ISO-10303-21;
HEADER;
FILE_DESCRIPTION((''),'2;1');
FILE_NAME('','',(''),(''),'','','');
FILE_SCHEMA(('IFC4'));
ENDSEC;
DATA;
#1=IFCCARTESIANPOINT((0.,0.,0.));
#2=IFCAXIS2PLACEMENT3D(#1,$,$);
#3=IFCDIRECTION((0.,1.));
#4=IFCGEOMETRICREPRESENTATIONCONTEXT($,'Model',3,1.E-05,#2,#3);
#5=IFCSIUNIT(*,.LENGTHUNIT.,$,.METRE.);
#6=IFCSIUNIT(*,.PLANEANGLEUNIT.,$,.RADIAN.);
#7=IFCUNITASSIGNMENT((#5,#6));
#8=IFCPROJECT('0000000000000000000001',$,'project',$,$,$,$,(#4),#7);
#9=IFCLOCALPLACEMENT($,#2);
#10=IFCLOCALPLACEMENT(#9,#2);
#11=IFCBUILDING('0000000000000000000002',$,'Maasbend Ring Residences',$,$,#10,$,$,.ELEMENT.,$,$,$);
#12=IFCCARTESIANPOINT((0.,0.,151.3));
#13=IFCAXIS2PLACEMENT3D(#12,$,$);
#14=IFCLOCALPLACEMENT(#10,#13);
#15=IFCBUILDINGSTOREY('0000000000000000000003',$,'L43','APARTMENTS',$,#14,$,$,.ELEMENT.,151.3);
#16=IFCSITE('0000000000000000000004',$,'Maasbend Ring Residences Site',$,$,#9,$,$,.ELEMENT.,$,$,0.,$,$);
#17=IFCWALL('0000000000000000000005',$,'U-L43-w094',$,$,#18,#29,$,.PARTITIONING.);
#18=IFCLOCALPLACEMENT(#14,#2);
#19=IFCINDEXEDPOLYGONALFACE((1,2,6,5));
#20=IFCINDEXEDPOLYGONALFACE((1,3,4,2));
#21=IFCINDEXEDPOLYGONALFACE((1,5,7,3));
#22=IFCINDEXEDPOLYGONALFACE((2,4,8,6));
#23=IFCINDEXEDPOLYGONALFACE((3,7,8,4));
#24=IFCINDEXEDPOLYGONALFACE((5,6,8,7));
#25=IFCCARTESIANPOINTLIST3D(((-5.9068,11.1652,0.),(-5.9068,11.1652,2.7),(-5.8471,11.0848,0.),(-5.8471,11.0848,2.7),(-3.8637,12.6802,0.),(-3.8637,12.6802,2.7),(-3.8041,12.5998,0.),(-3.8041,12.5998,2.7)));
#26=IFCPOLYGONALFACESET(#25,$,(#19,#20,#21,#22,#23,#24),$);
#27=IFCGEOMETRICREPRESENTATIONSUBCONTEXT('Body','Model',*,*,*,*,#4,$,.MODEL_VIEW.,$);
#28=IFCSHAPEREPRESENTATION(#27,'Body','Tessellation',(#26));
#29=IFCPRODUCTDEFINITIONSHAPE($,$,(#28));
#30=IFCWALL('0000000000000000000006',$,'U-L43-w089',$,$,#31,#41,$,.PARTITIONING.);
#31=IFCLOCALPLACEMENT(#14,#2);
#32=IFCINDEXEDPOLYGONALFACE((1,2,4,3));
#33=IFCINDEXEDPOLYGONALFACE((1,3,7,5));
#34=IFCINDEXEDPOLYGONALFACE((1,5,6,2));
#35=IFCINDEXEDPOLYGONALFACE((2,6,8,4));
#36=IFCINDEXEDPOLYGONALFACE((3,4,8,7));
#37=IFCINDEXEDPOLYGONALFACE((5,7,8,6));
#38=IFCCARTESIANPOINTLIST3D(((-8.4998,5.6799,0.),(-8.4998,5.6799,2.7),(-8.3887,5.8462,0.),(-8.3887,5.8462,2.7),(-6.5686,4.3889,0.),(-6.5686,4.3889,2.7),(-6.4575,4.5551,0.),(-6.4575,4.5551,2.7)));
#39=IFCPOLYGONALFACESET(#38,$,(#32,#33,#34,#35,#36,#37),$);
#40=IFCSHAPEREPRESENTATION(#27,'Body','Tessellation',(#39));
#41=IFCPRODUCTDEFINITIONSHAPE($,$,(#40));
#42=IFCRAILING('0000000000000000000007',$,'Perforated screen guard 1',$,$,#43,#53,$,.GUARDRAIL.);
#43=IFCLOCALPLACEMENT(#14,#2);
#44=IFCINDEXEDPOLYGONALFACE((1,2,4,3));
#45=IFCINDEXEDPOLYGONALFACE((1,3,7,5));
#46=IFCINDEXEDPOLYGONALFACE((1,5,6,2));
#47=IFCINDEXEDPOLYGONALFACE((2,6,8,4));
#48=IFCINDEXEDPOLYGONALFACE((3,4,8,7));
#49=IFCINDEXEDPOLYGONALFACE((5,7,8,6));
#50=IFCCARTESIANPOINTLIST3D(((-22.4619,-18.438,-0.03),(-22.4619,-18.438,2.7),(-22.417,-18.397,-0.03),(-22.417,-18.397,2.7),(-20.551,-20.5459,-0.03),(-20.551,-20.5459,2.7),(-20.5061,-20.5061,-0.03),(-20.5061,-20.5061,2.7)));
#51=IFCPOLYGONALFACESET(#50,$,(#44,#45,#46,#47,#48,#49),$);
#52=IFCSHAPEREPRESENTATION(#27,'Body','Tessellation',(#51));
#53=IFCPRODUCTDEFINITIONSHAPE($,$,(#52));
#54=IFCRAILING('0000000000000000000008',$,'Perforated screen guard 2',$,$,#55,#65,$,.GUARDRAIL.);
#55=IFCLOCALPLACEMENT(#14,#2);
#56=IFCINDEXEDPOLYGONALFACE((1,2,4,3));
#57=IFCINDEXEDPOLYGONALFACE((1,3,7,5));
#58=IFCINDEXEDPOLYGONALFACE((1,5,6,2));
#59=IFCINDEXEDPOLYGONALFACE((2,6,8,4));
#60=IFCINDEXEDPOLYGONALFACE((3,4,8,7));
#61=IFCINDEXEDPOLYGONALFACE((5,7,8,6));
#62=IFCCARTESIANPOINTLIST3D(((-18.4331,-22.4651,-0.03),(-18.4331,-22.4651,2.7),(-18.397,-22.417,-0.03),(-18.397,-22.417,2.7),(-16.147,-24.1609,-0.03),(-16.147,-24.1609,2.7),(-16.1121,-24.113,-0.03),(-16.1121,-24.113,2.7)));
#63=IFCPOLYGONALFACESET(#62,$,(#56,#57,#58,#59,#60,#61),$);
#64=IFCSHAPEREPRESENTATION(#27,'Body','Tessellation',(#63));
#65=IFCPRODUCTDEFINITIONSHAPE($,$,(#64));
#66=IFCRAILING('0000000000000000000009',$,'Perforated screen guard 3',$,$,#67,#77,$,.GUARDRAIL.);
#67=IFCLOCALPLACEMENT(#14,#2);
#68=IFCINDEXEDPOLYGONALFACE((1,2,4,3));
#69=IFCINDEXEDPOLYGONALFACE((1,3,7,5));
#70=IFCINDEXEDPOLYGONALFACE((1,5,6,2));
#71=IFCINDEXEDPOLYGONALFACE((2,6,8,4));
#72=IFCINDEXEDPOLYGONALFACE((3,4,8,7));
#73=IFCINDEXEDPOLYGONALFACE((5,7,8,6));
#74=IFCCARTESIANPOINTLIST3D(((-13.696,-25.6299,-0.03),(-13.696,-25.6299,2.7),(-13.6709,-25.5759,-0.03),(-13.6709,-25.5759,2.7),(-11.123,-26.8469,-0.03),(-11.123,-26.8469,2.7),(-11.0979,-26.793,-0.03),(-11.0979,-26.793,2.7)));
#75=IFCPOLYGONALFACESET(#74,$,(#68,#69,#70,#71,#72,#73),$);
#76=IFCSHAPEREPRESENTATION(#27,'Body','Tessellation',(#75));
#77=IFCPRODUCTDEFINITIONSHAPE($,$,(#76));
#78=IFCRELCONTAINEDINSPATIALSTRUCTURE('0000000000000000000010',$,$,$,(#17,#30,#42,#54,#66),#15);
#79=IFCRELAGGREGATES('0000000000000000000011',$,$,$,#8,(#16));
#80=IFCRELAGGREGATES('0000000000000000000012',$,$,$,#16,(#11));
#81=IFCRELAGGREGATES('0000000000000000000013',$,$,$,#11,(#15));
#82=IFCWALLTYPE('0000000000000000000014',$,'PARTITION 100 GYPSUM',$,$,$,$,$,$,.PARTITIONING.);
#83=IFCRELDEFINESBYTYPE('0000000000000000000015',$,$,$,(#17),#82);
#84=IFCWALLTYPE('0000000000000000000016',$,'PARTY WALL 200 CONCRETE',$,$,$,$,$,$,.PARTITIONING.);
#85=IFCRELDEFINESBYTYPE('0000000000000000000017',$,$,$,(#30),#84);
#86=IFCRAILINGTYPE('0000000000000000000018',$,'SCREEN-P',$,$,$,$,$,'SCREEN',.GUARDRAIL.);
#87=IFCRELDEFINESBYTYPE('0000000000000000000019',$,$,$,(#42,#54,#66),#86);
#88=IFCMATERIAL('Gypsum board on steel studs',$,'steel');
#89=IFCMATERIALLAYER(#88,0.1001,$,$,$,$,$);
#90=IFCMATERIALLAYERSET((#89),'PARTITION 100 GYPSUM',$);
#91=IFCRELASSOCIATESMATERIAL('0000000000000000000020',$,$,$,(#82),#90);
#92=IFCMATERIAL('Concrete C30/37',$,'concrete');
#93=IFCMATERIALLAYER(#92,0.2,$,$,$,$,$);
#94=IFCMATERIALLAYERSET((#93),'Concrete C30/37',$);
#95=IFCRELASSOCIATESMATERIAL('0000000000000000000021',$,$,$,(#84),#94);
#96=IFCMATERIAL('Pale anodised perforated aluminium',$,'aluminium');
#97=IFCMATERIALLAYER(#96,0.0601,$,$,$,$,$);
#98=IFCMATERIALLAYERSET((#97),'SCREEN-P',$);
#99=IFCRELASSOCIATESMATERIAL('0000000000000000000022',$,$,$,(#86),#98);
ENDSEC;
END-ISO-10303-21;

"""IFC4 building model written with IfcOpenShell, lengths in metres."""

from ifc_helpers import new_model, si_unit, direction, frame, frame_2d, origin, place, context, subcontext, project, spatial, polyline, rectangle, outline, extrude, material, layer, layer_set, type_object, element, save


model = new_model("IFC4")

# Units and contexts
model_context = context("Model", 3, precision=1e-05, world=origin(), true_north=direction((0.0, 1.0)))
body_context = subcontext(model_context, "Body", "Model", "MODEL_VIEW")
ifc_project = project(units=[si_unit("LENGTHUNIT", "METRE"), si_unit("PLANEANGLEUNIT", "RADIAN")], contexts=[model_context])

# Site, building, storey
site_placement = place(None, origin())
site = spatial("IfcSite", under=ifc_project, at=site_placement, Name="Maasbend Ring Residences Site", CompositionType="ELEMENT", RefElevation=0.0)
building_placement = place(site_placement, origin())
building = spatial("IfcBuilding", under=site, at=building_placement, Name="Maasbend Ring Residences", CompositionType="ELEMENT")
storey_placement = place(building_placement, frame((0.0, 0.0, 151.3)))
storey = spatial("IfcBuildingStorey", under=building, at=storey_placement, Name="L43", Description="APARTMENTS", CompositionType="ELEMENT", Elevation=151.3)

# Walls
ifc_material_1 = material(Name="Gypsum board on steel studs", Category="steel")
ifc_layer_1 = layer(ifc_material_1, 0.1001)
ifc_layer_set_1 = layer_set([ifc_layer_1], Name="PARTITION 100 GYPSUM")
wall_type_1 = type_object("IfcWallType", Name="PARTITION 100 GYPSUM", PredefinedType="PARTITIONING", material=ifc_layer_set_1)
wall_1_placement = place(storey_placement, frame((-5.877, 11.125, 0.0), z_axis=(0.0, 0.0, 1.0), x_axis=(0.80326, 0.595629, 0.0)))
element("IfcWall", 1, at=wall_1_placement, inside=storey, type_object=wall_type_1, Name="U-L43-w094", PredefinedType="PARTITIONING", context=body_context, shape_type="SweptSolid", body=[
    extrude(rectangle(XDim=2.5435, YDim=0.1001, at=frame_2d((1.2717, 0.0))), origin(), (0.0, 0.0, 1.0), 2.7),
])
ifc_material_2 = material(Name="Concrete C30/37", Category="concrete")
ifc_layer_2 = layer(ifc_material_2, 0.2)
ifc_layer_set_2 = layer_set([ifc_layer_2], Name="Concrete C30/37")
wall_type_2 = type_object("IfcWallType", Name="PARTY WALL 200 CONCRETE", PredefinedType="PARTITIONING", material=ifc_layer_set_2)
wall_2_placement = place(storey_placement, frame((-6.5129, 4.4719, 0.0), z_axis=(0.0, 0.0, 1.0), x_axis=(-0.831338, 0.555767, 0.0)))
element("IfcWall", 2, at=wall_2_placement, inside=storey, type_object=wall_type_2, Name="U-L43-w089", PredefinedType="PARTITIONING", context=body_context, shape_type="SweptSolid", body=[
    extrude(rectangle(XDim=2.323, YDim=0.2, at=frame_2d((1.1616, 0.0))), origin(), (0.0, 0.0, 1.0), 2.7),
])

# Railings
ifc_material_3 = material(Name="Pale anodised perforated aluminium", Category="aluminium")
ifc_layer_3 = layer(ifc_material_3, 0.0601)
ifc_layer_set_3 = layer_set([ifc_layer_3], Name="SCREEN-P")
railing_type = type_object("IfcRailingType", Name="SCREEN-P", ElementType="SCREEN", PredefinedType="GUARDRAIL", material=ifc_layer_set_3)
railing_1_placement = place(storey_placement, frame((0.0, 0.0, -0.03)))
element("IfcRailing", 3, at=railing_1_placement, inside=storey, type_object=railing_type, Name="Perforated screen guard 1", PredefinedType="GUARDRAIL", context=body_context, shape_type="SweptSolid", body=[
    extrude(outline(polyline([(-22.417, -18.397), (-20.5061, -20.5061), (-20.551, -20.5459), (-22.4619, -18.438), (-22.417, -18.397)])), origin(), (0.0, 0.0, 1.0), 2.73),
])
railing_2_placement = place(storey_placement, frame((0.0, 0.0, -0.03)))
element("IfcRailing", 4, at=railing_2_placement, inside=storey, type_object=railing_type, Name="Perforated screen guard 2", PredefinedType="GUARDRAIL", context=body_context, shape_type="SweptSolid", body=[
    extrude(outline(polyline([(-18.397, -22.417), (-16.1121, -24.113), (-16.147, -24.1609), (-18.4331, -22.4651), (-18.397, -22.417)])), origin(), (0.0, 0.0, 1.0), 2.73),
])
railing_3_placement = place(storey_placement, frame((0.0, 0.0, -0.03)))
element("IfcRailing", 5, at=railing_3_placement, inside=storey, type_object=railing_type, Name="Perforated screen guard 3", PredefinedType="GUARDRAIL", context=body_context, shape_type="SweptSolid", body=[
    extrude(outline(polyline([(-13.6709, -25.5759), (-11.0979, -26.793), (-11.123, -26.8469), (-13.696, -25.6299), (-13.6709, -25.5759)])), origin(), (0.0, 0.0, 1.0), 2.73),
])

save(model, "model.ifc")
